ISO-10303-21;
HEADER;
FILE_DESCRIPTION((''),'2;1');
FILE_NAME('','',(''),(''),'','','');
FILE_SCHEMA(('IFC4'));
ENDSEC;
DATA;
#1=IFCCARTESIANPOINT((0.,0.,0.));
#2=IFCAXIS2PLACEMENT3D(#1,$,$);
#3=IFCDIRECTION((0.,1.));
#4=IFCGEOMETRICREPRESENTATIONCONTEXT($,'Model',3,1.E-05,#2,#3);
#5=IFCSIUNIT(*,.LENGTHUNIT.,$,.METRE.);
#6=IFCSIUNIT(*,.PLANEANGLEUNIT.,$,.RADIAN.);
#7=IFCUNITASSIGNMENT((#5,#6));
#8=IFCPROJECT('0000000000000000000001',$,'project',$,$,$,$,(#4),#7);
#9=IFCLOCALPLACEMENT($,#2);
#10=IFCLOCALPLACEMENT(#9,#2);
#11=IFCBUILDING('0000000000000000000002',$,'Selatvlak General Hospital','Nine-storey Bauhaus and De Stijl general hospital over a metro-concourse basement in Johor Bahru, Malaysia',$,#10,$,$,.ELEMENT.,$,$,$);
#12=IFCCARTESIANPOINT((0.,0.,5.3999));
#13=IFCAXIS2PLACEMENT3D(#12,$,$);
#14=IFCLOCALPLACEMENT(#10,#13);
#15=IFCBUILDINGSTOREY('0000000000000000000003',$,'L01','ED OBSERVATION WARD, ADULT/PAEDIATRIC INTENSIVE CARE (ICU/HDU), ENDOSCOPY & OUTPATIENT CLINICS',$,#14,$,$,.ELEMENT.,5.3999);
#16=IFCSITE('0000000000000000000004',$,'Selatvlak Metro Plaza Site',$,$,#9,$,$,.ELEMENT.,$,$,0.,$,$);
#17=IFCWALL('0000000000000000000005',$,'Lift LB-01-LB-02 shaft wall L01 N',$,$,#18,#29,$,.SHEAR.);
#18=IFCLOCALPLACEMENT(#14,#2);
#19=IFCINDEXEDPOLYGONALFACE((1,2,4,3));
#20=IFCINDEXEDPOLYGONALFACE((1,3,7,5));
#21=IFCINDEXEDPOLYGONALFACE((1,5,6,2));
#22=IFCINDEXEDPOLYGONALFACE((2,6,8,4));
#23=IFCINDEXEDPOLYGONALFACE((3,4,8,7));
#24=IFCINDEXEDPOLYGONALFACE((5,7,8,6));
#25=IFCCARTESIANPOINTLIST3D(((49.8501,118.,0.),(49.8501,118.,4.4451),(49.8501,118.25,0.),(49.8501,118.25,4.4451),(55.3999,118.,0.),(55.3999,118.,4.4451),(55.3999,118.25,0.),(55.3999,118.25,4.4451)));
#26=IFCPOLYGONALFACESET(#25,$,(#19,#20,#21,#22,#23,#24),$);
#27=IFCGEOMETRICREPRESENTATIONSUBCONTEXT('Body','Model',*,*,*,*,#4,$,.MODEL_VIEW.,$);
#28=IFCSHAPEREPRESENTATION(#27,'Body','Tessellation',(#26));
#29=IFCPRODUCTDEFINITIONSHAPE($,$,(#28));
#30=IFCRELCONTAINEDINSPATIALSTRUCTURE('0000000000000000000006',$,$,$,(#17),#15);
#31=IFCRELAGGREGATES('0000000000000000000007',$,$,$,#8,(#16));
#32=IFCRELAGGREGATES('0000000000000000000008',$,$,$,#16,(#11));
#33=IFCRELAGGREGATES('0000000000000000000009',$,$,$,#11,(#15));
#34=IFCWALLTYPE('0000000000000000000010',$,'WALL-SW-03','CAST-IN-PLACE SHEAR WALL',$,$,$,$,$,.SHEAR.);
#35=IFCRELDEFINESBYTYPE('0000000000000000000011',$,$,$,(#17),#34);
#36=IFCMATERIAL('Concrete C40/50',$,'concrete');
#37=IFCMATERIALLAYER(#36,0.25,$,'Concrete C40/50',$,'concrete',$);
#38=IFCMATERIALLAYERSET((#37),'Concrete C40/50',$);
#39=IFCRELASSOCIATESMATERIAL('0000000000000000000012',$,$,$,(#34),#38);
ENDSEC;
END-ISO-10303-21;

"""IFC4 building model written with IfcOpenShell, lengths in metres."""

from ifc_helpers import new_model, si_unit, direction, frame, frame_2d, origin, place, context, subcontext, project, spatial, rectangle, extrude, material, layer, layer_set, type_object, element, save


model = new_model("IFC4")

# Units and contexts
model_context = context("Model", 3, precision=1e-05, world=origin(), true_north=direction((0.0, 1.0)))
body_context = subcontext(model_context, "Body", "Model", "MODEL_VIEW")
ifc_project = project(units=[si_unit("LENGTHUNIT", "METRE"), si_unit("PLANEANGLEUNIT", "RADIAN")], contexts=[model_context])

# Site, building, storey
site_placement = place(None, origin())
site = spatial("IfcSite", under=ifc_project, at=site_placement, Name="Selatvlak Metro Plaza Site", CompositionType="ELEMENT", RefElevation=0.0)
building_placement = place(site_placement, origin())
building = spatial("IfcBuilding", under=site, at=building_placement, Name="Selatvlak General Hospital", Description="Nine-storey Bauhaus and De Stijl general hospital over a metro-concourse basement in Johor Bahru, Malaysia", CompositionType="ELEMENT")
storey_placement = place(building_placement, frame((0.0, 0.0, 5.3999)))
storey = spatial("IfcBuildingStorey", under=building, at=storey_placement, Name="L01", Description="ED OBSERVATION WARD, ADULT/PAEDIATRIC INTENSIVE CARE (ICU/HDU), ENDOSCOPY & OUTPATIENT CLINICS", CompositionType="ELEMENT", Elevation=5.3999)

# Wall
ifc_material_1 = material(Name="Concrete C40/50", Category="concrete")
ifc_layer_1 = layer(ifc_material_1, 0.25, Name="Concrete C40/50", Category="concrete")
ifc_layer_set_1 = layer_set([ifc_layer_1], Name="Concrete C40/50")
wall_type = type_object("IfcWallType", Name="WALL-SW-03", Description="CAST-IN-PLACE SHEAR WALL", PredefinedType="SHEAR", material=ifc_layer_set_1)
wall_placement = place(storey_placement, frame((55.3999, 118.125, 0.0), z_axis=(0.0, 0.0, 1.0), x_axis=(-1.0, 0.0, 0.0)))
element("IfcWall", 1, at=wall_placement, inside=storey, type_object=wall_type, Name="Lift LB-01-LB-02 shaft wall L01 N", PredefinedType="SHEAR", context=body_context, shape_type="SweptSolid", body=[
    extrude(rectangle(XDim=5.5498, YDim=0.25, at=frame_2d((2.7749, 0.0))), origin(), (0.0, 0.0, 1.0), 4.4451),
])

save(model, "model.ifc")
